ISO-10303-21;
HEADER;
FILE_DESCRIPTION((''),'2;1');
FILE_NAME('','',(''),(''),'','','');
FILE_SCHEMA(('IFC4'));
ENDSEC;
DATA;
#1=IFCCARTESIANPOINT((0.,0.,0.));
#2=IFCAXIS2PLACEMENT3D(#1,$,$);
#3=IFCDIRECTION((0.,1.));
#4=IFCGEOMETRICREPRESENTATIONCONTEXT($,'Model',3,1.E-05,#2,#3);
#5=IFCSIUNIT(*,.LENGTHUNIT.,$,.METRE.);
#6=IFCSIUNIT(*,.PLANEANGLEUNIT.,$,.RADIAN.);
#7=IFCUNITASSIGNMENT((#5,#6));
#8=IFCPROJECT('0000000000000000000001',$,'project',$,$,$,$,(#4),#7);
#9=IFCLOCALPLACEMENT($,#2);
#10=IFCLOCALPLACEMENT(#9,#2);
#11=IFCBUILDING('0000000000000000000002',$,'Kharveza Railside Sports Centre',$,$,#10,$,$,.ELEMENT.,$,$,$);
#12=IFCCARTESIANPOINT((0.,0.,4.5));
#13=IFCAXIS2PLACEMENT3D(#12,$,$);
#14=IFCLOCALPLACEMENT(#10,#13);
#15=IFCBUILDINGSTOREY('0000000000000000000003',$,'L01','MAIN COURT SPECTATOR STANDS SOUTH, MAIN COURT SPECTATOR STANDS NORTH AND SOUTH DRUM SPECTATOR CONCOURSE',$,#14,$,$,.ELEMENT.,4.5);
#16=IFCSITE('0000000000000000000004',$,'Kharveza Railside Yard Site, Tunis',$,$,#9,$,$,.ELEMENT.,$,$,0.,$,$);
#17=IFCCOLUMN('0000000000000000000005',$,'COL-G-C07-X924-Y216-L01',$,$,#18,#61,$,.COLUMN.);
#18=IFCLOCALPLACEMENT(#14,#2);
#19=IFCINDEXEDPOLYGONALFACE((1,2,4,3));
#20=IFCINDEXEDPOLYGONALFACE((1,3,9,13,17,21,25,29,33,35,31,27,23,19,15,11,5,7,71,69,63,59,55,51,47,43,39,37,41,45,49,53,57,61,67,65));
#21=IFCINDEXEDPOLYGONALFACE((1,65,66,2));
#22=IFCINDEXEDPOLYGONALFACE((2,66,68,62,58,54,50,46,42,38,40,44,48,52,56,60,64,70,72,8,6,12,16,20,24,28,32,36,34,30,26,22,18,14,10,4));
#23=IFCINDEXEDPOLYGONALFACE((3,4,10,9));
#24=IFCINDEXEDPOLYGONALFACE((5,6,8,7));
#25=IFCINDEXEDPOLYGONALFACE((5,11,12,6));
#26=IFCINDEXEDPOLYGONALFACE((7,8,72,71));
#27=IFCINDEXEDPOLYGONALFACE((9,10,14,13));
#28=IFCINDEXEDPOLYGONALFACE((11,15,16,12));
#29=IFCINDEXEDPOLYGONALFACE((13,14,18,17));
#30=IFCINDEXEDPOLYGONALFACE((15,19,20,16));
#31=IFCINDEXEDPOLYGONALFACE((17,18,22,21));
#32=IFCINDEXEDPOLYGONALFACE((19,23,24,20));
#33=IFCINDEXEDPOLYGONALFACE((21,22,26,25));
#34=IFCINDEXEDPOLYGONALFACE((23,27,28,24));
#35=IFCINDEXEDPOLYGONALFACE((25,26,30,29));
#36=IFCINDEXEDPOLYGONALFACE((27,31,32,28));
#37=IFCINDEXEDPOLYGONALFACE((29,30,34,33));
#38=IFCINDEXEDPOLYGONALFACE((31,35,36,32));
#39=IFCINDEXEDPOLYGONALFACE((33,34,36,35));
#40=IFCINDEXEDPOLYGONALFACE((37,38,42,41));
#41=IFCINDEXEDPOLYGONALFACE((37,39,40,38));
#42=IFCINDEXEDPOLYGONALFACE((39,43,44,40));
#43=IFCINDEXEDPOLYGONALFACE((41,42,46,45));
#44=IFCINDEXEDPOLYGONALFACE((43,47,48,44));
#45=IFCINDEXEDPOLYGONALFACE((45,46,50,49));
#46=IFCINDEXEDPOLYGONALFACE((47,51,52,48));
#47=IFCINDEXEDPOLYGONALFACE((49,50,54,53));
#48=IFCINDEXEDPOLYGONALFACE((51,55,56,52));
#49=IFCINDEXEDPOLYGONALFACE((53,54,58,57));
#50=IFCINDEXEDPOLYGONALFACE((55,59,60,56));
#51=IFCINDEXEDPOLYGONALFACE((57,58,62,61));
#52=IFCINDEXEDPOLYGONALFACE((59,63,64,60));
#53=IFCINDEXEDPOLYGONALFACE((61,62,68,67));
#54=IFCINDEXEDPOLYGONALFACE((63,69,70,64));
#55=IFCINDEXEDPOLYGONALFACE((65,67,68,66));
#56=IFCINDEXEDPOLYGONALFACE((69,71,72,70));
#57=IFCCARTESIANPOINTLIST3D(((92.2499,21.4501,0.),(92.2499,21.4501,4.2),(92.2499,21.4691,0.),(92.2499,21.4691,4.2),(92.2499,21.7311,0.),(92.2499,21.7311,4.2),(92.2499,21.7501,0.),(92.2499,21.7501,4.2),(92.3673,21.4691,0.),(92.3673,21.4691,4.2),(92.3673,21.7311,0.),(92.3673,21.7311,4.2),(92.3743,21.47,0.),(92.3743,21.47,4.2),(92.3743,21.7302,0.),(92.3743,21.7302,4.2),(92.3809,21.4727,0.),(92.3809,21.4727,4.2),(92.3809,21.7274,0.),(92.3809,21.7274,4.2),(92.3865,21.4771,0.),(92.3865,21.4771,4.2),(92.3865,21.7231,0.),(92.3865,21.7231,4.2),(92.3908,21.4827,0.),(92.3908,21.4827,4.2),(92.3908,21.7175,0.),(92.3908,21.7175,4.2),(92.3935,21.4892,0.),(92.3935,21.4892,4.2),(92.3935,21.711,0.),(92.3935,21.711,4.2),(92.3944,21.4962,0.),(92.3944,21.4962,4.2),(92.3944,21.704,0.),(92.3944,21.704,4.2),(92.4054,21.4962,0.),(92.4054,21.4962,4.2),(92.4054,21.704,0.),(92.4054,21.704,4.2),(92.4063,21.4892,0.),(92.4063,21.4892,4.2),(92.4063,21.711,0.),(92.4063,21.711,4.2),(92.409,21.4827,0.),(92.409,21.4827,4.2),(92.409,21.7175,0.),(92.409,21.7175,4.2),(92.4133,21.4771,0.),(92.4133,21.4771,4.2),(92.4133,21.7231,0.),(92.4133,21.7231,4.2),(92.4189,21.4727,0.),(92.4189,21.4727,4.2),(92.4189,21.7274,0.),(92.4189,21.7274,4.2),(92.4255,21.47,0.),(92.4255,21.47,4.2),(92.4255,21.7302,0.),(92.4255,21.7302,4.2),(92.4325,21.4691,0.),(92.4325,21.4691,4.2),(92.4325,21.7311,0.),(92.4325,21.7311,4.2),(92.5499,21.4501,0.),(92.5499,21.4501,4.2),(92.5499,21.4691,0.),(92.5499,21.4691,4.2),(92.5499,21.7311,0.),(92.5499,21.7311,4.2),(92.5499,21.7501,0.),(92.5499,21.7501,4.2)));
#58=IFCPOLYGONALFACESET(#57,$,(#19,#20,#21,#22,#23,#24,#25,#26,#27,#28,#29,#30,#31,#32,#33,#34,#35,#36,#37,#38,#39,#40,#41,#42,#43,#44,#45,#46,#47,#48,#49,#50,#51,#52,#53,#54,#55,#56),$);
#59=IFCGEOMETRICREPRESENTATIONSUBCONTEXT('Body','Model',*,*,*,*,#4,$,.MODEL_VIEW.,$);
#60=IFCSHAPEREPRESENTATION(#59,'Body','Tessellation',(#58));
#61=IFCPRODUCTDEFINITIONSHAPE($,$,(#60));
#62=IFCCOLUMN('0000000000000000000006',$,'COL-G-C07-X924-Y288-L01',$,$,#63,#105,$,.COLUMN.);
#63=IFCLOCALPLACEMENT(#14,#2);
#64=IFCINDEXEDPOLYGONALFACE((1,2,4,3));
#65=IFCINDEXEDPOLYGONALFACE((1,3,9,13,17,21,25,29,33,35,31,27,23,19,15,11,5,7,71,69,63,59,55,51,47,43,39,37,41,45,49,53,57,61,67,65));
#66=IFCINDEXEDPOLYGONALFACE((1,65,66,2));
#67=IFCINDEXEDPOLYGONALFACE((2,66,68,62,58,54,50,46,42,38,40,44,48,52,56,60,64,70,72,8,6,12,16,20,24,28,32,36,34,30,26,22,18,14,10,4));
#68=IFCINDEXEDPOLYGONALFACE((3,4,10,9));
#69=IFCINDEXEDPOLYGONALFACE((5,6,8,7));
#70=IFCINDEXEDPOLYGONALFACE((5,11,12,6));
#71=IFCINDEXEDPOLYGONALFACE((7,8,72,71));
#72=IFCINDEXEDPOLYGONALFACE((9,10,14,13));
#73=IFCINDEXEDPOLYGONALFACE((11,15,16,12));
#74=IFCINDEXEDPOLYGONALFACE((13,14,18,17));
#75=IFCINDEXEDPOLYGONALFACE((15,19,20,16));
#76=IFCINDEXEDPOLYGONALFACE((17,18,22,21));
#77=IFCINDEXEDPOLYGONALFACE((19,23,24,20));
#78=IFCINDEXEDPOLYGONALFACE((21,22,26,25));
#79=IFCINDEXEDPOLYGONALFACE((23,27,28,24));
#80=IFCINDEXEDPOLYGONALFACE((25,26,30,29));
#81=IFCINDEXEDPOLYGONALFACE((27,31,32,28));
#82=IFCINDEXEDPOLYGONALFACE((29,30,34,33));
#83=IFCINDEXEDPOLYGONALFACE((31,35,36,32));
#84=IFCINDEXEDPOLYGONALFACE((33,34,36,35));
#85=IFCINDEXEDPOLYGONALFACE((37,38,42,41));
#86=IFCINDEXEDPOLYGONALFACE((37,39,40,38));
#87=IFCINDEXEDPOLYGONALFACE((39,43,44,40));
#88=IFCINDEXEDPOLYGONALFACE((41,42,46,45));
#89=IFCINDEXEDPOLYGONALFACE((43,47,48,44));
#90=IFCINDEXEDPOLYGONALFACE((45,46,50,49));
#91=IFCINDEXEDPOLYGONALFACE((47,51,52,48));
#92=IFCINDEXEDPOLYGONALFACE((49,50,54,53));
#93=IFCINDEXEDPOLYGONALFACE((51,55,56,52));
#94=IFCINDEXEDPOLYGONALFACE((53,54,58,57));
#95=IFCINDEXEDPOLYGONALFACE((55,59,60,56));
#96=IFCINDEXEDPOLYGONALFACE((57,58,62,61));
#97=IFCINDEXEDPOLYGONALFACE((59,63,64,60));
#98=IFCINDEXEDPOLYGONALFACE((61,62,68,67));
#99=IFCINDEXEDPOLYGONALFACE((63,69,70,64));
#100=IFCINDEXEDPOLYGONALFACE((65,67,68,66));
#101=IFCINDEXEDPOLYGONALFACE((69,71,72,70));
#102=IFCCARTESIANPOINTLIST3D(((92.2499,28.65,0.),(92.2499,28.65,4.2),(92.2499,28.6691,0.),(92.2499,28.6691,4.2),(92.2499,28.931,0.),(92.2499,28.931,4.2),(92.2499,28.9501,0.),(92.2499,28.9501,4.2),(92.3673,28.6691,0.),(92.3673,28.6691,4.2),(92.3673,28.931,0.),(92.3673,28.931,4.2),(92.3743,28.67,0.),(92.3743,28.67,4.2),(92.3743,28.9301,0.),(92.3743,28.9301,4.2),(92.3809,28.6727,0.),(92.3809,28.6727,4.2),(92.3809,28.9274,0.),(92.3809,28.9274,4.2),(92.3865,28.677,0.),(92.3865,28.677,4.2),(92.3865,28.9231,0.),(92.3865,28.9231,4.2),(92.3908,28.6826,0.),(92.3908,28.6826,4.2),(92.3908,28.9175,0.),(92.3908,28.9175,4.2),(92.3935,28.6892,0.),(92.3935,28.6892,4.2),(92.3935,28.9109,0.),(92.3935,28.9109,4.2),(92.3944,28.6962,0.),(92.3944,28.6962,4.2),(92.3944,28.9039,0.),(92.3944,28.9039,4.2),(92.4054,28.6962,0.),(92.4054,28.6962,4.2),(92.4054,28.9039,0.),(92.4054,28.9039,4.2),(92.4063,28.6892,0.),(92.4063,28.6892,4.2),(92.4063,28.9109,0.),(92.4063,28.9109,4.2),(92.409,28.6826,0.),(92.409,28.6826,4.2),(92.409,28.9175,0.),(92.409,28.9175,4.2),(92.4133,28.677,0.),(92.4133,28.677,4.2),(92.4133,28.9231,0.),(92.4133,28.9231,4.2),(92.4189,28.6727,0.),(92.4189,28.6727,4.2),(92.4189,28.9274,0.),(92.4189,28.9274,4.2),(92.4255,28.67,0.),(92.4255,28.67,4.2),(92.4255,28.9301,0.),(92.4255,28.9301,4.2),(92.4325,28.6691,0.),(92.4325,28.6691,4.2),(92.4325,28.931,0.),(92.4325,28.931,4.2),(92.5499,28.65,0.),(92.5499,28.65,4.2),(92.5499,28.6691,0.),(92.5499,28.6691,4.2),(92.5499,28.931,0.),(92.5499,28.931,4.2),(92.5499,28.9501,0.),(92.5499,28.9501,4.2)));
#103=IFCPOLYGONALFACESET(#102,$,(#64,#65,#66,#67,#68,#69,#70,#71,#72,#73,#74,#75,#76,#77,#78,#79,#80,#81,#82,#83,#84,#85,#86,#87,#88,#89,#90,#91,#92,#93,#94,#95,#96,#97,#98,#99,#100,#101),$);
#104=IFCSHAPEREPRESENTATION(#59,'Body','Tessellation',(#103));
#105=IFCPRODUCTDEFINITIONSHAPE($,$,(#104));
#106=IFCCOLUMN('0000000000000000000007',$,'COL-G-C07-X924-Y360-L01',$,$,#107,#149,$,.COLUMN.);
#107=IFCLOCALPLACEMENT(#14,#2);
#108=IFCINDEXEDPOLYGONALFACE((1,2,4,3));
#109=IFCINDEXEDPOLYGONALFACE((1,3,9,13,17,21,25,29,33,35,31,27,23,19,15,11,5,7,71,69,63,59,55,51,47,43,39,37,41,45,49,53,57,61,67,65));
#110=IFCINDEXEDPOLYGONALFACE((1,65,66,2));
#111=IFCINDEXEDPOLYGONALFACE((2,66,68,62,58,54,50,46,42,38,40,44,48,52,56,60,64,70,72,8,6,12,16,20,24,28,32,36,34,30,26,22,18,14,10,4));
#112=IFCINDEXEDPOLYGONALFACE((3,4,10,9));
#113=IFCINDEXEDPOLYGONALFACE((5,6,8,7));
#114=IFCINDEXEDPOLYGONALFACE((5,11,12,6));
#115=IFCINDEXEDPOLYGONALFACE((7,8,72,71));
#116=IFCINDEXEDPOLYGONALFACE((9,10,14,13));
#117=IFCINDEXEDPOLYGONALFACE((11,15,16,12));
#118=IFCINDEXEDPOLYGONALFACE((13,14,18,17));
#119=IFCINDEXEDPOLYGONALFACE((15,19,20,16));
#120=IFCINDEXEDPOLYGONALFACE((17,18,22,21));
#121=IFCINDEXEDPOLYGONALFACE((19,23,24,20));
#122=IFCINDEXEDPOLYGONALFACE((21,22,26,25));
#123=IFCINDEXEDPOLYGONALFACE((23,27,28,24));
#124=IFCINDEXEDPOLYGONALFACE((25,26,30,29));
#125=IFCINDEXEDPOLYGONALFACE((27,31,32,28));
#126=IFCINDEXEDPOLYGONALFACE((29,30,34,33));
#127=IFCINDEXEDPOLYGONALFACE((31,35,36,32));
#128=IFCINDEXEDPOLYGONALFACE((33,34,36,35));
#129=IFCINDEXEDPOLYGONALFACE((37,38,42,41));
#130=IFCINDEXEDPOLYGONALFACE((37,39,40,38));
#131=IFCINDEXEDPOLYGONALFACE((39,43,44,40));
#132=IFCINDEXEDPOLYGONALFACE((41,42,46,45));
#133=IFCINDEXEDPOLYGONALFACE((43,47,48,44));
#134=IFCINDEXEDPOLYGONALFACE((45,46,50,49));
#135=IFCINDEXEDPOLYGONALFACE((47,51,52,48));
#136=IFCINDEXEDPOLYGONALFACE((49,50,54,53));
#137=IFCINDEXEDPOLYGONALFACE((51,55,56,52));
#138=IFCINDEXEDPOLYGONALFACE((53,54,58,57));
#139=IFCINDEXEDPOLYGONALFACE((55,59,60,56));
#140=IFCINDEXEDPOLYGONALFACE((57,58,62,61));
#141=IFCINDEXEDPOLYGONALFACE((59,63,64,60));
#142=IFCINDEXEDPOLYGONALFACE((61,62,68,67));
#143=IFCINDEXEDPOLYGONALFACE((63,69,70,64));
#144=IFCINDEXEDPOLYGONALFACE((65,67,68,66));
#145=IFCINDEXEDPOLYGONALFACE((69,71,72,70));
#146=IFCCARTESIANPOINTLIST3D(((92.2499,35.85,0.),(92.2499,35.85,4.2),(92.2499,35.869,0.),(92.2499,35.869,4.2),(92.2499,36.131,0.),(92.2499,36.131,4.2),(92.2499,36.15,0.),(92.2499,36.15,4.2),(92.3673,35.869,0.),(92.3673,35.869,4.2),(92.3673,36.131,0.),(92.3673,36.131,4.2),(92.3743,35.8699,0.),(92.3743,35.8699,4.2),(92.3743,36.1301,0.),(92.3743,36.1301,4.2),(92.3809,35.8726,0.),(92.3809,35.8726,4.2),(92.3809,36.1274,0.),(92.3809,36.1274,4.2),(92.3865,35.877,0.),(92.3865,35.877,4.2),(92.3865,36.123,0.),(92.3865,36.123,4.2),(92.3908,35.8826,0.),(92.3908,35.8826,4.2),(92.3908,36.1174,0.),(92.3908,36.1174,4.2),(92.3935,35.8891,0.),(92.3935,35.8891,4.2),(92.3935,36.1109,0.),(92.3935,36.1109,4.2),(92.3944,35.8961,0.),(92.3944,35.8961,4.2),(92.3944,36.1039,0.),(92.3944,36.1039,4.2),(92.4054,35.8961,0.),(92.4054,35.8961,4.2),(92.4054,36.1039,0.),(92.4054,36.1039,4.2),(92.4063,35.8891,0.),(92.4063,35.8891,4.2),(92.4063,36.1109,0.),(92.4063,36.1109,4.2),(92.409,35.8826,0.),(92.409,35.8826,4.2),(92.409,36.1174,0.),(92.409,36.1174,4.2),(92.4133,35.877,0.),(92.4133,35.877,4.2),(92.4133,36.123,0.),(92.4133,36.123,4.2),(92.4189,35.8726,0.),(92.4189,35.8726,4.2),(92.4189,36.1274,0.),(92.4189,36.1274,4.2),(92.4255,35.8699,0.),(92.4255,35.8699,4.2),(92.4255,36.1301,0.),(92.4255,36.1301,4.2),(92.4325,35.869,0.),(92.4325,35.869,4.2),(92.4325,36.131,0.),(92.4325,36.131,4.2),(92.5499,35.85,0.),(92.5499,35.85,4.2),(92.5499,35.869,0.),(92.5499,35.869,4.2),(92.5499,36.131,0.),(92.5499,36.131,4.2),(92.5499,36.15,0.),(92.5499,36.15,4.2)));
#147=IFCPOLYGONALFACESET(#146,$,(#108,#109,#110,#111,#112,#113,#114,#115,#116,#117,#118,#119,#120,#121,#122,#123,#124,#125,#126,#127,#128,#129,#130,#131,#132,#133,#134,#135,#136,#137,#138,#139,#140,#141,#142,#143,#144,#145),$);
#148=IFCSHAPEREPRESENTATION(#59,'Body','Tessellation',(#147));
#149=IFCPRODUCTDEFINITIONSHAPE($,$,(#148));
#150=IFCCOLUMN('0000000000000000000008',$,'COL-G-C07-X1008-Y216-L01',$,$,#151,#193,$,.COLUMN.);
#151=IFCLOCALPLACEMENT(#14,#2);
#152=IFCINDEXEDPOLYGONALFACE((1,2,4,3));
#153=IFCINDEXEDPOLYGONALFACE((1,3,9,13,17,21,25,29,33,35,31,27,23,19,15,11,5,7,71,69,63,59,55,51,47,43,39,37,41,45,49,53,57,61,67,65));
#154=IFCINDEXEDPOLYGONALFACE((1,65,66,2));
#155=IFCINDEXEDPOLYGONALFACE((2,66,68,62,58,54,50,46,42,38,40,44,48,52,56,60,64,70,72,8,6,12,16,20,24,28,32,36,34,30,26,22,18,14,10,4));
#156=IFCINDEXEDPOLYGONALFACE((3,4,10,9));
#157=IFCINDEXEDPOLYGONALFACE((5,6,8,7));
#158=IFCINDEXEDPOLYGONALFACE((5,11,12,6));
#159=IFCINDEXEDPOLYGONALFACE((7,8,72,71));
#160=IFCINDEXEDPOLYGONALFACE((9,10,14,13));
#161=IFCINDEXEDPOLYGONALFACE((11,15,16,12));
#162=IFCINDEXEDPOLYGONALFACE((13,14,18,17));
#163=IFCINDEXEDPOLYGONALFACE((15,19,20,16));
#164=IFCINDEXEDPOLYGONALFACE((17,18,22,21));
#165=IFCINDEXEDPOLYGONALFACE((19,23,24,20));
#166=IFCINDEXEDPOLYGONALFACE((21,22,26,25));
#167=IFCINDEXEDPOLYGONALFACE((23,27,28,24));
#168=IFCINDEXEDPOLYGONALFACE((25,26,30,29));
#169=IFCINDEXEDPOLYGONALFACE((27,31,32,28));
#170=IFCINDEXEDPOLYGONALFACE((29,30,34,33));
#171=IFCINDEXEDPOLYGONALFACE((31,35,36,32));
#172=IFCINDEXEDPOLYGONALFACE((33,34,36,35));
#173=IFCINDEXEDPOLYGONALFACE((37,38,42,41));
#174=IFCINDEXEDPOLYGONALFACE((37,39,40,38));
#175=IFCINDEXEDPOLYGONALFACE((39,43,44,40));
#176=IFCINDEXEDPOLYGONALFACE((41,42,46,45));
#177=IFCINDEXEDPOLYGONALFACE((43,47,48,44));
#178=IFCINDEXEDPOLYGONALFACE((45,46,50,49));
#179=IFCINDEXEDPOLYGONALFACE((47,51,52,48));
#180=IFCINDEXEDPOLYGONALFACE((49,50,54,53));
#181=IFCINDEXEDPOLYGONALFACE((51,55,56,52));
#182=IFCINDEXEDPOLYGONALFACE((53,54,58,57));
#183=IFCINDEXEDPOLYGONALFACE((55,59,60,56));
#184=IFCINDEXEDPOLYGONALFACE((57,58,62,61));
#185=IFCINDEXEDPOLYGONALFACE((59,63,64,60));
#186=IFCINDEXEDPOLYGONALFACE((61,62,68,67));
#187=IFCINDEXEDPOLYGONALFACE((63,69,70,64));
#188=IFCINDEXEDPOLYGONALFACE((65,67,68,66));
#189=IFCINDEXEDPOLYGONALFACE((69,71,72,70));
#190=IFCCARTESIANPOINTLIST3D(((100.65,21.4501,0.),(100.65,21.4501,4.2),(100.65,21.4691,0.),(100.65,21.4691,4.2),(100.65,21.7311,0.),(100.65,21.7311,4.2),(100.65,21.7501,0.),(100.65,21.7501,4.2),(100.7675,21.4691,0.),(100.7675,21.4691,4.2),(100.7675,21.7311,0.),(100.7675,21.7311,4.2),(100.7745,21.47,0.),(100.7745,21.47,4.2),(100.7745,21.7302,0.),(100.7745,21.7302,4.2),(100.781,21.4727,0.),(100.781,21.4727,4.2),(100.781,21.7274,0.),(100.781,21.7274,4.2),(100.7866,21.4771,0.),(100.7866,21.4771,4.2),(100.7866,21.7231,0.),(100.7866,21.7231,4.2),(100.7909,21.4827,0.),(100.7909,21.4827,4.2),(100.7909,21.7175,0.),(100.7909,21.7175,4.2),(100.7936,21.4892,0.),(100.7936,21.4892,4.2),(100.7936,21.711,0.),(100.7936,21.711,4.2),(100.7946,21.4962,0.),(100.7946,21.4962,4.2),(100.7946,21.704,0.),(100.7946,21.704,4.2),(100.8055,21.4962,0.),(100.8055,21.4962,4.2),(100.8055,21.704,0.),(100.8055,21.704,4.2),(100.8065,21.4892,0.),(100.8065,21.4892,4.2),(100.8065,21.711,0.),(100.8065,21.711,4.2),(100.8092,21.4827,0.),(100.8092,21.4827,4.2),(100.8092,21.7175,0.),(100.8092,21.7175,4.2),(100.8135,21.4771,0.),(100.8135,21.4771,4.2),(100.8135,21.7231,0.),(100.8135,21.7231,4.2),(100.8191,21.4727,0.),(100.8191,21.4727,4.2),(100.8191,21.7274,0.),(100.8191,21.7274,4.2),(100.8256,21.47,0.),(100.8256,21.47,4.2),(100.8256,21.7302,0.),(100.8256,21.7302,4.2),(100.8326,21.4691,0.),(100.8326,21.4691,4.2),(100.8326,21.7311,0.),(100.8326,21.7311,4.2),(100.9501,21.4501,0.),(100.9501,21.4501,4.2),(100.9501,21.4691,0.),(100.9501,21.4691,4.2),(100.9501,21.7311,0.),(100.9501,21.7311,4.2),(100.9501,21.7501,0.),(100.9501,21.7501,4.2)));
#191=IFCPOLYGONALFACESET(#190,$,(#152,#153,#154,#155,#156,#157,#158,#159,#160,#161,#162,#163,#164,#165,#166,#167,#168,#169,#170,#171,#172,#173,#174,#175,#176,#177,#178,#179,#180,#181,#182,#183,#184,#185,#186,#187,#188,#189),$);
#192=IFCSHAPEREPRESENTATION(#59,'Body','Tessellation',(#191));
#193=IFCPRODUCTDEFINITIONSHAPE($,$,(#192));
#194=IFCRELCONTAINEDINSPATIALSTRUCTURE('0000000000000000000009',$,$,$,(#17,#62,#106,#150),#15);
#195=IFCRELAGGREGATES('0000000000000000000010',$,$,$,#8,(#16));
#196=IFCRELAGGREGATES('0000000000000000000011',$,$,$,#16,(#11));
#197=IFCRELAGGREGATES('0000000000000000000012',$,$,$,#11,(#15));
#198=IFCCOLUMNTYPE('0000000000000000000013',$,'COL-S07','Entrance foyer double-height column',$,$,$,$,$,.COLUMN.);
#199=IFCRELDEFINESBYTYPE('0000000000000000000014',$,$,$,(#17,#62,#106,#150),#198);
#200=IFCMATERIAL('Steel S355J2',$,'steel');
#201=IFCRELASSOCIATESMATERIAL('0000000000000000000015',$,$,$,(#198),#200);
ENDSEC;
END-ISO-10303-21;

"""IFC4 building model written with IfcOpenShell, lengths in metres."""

from ifc_helpers import new_model, si_unit, direction, frame, origin, origin_2d, place, context, subcontext, project, spatial, i_section, extrude, material, material_profile, profile_set, type_object, element, save


model = new_model("IFC4")

# Units and contexts
model_context = context("Model", 3, precision=1e-05, world=origin(), true_north=direction((0.0, 1.0)))
body_context = subcontext(model_context, "Body", "Model", "MODEL_VIEW")
ifc_project = project(units=[si_unit("LENGTHUNIT", "METRE"), si_unit("PLANEANGLEUNIT", "RADIAN")], contexts=[model_context])

# Site, building, storey
site_placement = place(None, origin())
site = spatial("IfcSite", under=ifc_project, at=site_placement, Name="Kharveza Railside Yard Site, Tunis", CompositionType="ELEMENT", RefElevation=0.0)
building_placement = place(site_placement, origin())
building = spatial("IfcBuilding", under=site, at=building_placement, Name="Kharveza Railside Sports Centre", CompositionType="ELEMENT")
storey_placement = place(building_placement, frame((0.0, 0.0, 4.5)))
storey = spatial("IfcBuildingStorey", under=building, at=storey_placement, Name="L01", Description="MAIN COURT SPECTATOR STANDS SOUTH, MAIN COURT SPECTATOR STANDS NORTH AND SOUTH DRUM SPECTATOR CONCOURSE", CompositionType="ELEMENT", Elevation=4.5)

# Columns
ifc_material_1 = material(Name="Steel S355J2", Category="steel")
ifc_material_profile_1 = material_profile(ifc_material_1, i_section(OverallWidth=0.3, OverallDepth=0.3, WebThickness=0.011, FlangeThickness=0.019, FilletRadius=0.0271, at=origin_2d()), Name="HEB 300")
ifc_profile_set_1 = profile_set([ifc_material_profile_1], Name="Steel S355J2")
column_type_1 = type_object("IfcColumnType", Name="COL-S07", Description="Entrance foyer double-height column", PredefinedType="COLUMN", material=ifc_profile_set_1)
for number, where, z_axis, x_axis, name in (
    (1, (92.3999, 21.6001, 0.0), (0.0, 0.0, 1.0), (1.0, 0.0, 0.0), "COL-G-C07-X924-Y216-L01"),
    (2, (92.3999, 28.8, 0.0), (0.0, 0.0, 1.0), (1.0, 0.0, 0.0), "COL-G-C07-X924-Y288-L01"),
    (3, (92.3999, 36.0, 0.0), (0.0, 0.0, 1.0), (1.0, 0.0, 0.0), "COL-G-C07-X924-Y360-L01"),
    (4, (100.8, 21.6001, 0.0), (0.0, 0.0, 1.0), (1.0, 0.0, 0.0), "COL-G-C07-X1008-Y216-L01"),
):
    element("IfcColumn", number, at=place(storey_placement, frame(where, z_axis=z_axis, x_axis=x_axis)), inside=storey, type_object=column_type_1, Name=name, PredefinedType="COLUMN", context=body_context, shape_type="SweptSolid", body=[
        extrude(i_section(OverallWidth=0.3, OverallDepth=0.3, WebThickness=0.011, FlangeThickness=0.019, FilletRadius=0.0271, at=origin_2d()), origin(), (0.0, 0.0, 1.0), 4.2),
    ])

save(model, "model.ifc")
